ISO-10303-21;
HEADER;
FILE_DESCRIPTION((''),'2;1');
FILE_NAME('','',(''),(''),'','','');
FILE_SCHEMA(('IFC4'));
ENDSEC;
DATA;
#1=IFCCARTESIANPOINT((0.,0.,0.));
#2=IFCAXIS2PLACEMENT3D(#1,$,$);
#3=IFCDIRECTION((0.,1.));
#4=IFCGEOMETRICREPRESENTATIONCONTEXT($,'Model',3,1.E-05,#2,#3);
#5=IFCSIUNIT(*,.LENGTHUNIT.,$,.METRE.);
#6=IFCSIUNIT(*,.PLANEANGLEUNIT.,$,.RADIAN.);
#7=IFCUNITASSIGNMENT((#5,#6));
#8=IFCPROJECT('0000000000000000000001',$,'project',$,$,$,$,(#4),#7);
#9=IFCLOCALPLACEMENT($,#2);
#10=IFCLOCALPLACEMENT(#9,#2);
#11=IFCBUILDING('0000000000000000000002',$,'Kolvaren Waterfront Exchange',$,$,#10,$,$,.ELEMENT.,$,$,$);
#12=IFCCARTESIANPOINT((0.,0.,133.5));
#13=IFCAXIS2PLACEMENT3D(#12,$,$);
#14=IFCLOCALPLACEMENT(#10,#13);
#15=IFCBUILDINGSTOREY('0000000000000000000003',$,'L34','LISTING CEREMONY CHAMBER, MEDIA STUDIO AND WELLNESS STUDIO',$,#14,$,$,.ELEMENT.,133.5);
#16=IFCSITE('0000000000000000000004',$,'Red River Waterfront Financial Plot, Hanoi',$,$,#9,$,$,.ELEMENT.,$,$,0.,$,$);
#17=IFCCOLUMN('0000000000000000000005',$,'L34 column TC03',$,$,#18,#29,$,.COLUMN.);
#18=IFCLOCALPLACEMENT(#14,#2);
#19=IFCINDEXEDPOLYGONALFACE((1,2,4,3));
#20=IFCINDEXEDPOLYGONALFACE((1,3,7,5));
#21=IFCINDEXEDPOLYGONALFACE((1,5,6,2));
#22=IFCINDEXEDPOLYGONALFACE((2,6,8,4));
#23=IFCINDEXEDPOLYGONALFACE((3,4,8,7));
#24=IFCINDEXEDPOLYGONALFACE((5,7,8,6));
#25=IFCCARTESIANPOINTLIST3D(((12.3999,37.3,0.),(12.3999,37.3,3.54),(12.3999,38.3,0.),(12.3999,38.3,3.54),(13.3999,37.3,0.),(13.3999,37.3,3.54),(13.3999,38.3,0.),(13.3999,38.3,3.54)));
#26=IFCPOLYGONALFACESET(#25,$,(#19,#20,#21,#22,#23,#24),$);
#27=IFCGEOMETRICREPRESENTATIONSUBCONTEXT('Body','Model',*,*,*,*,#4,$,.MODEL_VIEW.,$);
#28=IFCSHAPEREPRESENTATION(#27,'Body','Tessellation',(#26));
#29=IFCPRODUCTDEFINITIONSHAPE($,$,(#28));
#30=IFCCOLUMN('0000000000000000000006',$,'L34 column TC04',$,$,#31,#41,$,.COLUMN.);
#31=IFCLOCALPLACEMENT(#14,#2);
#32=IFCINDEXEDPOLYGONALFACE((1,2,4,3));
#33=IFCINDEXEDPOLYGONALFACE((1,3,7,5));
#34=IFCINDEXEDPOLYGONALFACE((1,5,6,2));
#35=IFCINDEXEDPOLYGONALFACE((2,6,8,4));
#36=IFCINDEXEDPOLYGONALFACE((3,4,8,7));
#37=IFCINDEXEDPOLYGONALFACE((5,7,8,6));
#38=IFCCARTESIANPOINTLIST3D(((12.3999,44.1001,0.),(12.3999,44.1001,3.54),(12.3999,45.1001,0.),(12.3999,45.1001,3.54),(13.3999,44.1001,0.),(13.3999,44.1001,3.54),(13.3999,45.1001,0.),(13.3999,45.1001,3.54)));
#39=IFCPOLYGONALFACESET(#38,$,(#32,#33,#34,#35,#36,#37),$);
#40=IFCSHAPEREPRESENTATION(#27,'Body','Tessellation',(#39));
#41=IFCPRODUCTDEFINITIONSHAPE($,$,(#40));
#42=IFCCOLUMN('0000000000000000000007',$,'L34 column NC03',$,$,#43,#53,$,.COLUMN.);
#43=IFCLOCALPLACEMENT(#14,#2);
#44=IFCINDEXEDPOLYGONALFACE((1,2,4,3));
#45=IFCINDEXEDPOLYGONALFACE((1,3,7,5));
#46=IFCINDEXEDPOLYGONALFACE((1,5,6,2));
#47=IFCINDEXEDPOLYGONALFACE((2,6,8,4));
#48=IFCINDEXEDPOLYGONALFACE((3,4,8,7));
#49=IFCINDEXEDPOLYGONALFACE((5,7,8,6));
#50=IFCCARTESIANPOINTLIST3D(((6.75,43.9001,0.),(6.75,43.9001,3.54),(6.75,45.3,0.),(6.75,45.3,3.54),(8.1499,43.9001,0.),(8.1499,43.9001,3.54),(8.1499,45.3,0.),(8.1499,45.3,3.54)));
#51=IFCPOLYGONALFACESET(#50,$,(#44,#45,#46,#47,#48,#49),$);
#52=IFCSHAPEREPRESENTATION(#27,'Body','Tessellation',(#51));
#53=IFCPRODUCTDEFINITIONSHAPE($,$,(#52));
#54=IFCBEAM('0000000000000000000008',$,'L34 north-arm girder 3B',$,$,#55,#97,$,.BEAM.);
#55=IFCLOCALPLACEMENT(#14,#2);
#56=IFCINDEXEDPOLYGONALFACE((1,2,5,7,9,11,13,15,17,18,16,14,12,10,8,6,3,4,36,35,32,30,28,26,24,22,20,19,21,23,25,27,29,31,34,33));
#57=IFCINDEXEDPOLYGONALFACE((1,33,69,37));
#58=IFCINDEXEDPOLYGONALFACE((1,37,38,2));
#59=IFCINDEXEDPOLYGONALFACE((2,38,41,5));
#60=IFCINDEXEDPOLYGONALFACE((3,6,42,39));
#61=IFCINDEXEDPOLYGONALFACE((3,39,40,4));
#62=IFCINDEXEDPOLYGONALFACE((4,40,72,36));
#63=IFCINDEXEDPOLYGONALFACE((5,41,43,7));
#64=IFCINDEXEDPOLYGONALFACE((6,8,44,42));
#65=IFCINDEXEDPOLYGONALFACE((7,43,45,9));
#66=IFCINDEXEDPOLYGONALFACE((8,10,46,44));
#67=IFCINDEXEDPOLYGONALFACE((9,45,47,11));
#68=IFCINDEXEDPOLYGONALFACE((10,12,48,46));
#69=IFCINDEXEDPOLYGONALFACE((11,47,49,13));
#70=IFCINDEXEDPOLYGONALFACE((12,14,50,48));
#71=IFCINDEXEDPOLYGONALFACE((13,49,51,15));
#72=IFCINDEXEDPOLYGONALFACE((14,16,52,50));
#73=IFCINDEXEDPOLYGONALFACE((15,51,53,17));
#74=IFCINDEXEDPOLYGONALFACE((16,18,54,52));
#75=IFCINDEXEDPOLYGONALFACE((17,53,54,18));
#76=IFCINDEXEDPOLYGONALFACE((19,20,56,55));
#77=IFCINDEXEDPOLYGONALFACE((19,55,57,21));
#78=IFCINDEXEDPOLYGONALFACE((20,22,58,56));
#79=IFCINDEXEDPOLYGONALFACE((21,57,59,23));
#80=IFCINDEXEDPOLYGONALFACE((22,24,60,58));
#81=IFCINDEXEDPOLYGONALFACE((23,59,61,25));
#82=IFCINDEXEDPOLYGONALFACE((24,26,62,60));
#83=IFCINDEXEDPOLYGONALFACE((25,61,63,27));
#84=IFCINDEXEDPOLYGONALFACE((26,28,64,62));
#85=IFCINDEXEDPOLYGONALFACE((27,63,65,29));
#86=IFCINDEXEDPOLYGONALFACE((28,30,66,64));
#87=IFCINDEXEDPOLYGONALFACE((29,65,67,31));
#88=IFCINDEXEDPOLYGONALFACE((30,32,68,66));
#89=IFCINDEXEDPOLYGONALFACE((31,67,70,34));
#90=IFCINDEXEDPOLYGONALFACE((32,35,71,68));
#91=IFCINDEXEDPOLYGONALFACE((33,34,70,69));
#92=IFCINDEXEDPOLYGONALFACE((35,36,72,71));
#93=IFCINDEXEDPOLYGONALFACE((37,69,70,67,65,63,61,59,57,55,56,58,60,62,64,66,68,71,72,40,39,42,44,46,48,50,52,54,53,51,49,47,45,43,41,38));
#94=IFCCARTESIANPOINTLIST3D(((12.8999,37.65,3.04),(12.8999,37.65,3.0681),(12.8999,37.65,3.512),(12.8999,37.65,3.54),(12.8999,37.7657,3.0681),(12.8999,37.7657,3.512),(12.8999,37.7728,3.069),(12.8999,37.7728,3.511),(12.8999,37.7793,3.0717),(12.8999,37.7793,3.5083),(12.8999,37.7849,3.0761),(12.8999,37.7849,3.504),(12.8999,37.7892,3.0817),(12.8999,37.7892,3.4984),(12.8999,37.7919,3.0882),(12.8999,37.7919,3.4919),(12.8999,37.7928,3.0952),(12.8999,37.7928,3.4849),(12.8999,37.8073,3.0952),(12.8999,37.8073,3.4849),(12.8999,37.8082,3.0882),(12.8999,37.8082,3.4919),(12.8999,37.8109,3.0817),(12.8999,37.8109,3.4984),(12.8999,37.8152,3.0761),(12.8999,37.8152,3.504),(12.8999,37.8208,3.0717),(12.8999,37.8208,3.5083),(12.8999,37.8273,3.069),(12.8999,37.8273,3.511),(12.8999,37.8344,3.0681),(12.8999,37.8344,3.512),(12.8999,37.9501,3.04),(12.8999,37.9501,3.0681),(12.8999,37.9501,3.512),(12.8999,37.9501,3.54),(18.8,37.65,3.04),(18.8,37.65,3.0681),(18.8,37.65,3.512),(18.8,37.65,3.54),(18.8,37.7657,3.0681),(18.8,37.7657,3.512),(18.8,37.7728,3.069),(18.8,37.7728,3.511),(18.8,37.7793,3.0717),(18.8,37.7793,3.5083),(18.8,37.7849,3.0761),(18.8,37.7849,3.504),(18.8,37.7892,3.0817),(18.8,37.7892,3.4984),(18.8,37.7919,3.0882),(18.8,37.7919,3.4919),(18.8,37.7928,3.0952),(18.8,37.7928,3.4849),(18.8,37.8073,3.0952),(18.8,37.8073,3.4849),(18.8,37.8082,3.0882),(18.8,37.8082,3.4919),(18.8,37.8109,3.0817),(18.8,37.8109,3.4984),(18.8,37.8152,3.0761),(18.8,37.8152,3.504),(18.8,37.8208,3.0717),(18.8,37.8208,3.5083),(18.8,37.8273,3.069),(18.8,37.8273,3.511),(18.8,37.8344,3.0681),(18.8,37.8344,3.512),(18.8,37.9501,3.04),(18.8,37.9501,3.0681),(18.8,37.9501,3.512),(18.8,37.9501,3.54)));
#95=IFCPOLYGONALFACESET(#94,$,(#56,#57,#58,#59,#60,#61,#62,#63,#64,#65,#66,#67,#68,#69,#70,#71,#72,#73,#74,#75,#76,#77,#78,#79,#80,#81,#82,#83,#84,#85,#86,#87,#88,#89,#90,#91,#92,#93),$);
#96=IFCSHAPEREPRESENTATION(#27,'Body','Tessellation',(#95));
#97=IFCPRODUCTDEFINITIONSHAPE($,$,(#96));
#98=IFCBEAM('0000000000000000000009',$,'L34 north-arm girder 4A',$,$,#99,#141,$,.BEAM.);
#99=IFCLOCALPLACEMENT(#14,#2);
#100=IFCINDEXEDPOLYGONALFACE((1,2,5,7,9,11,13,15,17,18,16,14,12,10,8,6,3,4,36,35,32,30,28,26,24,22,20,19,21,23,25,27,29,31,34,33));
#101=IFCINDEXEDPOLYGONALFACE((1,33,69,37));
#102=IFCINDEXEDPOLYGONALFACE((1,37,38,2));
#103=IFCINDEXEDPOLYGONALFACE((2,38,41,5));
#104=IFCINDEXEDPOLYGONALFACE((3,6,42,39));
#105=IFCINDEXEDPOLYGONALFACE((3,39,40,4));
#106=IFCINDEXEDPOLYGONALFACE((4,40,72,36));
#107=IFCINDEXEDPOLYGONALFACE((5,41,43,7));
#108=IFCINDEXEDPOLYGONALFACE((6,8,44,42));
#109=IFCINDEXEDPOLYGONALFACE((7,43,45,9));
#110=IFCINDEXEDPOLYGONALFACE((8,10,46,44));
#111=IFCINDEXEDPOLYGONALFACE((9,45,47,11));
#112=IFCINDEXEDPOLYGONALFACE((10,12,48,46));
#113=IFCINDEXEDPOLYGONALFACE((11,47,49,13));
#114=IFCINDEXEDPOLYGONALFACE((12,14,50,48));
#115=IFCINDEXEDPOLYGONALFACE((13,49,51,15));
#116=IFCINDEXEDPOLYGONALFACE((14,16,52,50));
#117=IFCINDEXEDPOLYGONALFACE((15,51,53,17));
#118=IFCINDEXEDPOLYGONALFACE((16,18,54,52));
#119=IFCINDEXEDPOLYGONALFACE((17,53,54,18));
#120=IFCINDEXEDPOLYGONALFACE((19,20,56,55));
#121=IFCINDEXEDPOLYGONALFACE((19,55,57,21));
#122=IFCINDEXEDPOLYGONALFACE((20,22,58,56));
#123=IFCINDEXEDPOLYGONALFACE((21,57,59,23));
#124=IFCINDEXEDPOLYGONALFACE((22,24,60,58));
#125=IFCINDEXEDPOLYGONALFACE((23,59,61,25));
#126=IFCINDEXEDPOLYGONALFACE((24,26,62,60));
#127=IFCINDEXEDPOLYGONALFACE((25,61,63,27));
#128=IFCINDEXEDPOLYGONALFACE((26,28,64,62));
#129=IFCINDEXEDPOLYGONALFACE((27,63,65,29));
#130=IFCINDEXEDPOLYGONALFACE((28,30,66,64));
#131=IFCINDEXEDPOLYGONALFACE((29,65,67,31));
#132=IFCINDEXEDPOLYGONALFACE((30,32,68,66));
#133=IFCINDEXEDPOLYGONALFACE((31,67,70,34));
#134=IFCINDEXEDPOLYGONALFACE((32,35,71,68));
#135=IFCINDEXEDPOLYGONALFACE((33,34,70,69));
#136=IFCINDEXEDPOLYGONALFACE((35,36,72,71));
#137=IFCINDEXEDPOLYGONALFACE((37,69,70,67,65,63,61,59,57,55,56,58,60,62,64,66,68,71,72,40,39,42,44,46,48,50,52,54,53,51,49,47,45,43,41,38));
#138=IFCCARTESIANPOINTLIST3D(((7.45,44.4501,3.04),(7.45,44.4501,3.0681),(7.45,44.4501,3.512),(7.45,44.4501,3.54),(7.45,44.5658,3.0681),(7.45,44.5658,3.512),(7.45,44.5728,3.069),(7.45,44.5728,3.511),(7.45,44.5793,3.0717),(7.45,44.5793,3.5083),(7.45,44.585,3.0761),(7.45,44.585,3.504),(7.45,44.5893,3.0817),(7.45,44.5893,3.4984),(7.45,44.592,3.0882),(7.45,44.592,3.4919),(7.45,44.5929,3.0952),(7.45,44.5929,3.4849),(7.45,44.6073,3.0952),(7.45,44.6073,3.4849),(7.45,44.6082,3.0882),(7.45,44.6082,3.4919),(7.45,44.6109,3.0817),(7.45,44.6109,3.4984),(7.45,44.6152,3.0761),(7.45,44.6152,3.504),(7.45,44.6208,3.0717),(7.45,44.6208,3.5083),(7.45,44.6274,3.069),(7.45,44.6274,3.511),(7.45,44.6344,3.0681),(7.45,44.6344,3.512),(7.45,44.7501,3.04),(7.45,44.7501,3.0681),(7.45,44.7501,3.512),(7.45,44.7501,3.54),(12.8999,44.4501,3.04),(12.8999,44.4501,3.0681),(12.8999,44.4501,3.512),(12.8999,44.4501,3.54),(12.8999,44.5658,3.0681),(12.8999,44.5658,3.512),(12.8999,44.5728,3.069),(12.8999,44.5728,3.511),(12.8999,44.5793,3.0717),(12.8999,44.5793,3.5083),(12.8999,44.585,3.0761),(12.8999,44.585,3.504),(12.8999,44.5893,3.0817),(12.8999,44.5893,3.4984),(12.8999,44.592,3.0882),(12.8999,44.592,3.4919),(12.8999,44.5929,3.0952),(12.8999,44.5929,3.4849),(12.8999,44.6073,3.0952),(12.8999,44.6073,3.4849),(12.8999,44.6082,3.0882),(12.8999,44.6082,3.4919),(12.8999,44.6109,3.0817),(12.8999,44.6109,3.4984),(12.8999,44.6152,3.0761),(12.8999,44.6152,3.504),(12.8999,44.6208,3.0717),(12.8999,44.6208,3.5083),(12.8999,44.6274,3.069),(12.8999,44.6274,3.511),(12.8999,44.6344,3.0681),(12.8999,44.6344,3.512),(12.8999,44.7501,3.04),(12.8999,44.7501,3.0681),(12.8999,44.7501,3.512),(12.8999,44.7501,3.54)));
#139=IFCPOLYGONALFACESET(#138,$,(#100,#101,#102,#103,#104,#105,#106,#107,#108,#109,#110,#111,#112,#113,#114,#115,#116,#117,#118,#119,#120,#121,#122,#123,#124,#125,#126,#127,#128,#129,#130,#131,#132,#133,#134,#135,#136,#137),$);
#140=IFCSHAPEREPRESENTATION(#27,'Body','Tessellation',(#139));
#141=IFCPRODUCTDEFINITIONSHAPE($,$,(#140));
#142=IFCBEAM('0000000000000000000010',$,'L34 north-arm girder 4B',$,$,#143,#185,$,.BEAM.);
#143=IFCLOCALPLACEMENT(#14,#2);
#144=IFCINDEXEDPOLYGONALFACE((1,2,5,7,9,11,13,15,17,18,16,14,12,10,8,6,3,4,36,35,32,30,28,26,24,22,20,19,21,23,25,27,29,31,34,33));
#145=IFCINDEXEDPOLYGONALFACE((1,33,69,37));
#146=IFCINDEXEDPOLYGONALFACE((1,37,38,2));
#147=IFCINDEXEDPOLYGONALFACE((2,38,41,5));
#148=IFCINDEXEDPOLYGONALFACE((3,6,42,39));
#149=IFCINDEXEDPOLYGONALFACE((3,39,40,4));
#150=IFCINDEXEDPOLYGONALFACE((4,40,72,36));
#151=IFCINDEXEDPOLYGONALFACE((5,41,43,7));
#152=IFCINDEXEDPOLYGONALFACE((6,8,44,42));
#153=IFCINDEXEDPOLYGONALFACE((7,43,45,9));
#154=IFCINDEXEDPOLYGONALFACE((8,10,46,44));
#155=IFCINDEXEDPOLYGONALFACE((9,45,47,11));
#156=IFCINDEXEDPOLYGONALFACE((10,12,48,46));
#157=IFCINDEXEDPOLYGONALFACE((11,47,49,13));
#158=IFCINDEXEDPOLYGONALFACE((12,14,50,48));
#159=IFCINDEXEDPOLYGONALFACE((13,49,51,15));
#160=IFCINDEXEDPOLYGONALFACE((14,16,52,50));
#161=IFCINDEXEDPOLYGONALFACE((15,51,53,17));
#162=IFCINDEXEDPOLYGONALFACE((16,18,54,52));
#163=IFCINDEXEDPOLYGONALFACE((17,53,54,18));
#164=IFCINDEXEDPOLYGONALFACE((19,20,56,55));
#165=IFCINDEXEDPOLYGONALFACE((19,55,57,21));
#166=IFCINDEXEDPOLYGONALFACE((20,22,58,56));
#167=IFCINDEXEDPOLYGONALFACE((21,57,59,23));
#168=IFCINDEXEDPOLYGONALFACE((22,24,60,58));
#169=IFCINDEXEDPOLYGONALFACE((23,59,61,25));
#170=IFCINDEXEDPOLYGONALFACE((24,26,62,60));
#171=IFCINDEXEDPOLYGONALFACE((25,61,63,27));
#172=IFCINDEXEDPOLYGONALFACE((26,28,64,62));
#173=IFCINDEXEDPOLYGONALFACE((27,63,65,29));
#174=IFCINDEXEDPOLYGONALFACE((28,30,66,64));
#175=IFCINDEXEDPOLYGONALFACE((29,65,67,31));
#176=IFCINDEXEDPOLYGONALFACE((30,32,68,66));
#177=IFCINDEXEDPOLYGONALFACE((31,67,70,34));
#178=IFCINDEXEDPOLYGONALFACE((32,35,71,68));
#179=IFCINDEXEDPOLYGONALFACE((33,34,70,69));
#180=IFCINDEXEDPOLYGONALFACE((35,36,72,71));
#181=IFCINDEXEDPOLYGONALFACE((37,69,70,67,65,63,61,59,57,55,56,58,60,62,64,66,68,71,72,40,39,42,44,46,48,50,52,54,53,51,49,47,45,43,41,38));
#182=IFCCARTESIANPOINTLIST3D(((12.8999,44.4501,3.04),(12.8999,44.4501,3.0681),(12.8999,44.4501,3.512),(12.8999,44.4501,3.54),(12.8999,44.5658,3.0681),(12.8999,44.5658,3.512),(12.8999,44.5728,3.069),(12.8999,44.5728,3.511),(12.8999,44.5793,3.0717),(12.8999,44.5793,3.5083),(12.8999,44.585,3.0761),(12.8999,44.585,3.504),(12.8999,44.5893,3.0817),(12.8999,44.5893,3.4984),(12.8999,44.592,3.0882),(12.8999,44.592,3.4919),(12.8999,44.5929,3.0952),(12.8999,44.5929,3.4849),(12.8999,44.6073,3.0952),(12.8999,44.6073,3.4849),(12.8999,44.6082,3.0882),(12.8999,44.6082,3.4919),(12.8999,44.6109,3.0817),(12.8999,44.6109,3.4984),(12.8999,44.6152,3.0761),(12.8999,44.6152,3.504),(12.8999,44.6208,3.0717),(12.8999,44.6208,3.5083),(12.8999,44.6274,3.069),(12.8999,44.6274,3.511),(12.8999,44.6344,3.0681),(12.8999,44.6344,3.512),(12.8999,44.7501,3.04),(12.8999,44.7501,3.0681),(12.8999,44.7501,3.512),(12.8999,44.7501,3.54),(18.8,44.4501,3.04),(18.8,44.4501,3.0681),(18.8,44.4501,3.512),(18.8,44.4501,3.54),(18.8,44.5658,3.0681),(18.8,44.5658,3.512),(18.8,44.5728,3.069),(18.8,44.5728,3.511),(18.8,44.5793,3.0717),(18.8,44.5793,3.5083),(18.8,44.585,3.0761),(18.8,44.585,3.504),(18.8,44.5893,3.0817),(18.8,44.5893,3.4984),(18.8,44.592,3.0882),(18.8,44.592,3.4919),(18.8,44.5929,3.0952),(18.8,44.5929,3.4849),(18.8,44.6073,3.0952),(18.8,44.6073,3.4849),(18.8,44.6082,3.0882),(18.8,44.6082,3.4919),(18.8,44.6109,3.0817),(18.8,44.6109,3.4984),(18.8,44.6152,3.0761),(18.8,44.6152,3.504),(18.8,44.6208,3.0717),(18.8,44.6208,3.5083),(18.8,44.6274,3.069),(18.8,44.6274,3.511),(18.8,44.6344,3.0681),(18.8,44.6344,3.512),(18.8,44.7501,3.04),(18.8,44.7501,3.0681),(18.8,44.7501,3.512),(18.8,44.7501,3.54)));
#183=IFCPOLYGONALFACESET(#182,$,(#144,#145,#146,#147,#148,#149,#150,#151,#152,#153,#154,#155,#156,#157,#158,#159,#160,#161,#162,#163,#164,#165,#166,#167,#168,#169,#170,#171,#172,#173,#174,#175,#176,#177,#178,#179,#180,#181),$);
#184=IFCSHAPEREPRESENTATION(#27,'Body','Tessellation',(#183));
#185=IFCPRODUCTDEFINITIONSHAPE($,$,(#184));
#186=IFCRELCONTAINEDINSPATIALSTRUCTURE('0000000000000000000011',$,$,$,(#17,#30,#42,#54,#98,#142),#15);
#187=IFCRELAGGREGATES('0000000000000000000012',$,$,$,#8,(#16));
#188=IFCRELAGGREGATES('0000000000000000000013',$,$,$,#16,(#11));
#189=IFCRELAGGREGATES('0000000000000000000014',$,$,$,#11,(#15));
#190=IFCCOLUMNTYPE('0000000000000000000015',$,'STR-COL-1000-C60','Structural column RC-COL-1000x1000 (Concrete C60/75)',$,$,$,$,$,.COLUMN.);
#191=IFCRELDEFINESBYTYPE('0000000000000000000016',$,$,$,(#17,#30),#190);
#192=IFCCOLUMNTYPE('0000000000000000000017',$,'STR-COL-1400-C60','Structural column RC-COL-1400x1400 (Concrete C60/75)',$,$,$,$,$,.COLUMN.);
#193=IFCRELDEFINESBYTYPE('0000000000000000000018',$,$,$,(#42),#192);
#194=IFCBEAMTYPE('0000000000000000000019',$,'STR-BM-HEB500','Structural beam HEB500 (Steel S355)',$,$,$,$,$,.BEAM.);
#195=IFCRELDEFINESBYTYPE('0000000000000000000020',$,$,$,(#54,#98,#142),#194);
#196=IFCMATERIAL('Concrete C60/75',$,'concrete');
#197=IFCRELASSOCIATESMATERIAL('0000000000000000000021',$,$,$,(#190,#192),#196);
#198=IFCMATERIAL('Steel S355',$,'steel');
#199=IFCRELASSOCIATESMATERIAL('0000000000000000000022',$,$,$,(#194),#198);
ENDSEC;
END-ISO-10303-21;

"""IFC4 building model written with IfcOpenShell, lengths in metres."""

from ifc_helpers import new_model, si_unit, direction, frame, origin, origin_2d, place, context, subcontext, project, spatial, rectangle, i_section, extrude, material, material_profile, profile_set, type_object, element, save


model = new_model("IFC4")

# Units and contexts
model_context = context("Model", 3, precision=1e-05, world=origin(), true_north=direction((0.0, 1.0)))
body_context = subcontext(model_context, "Body", "Model", "MODEL_VIEW")
ifc_project = project(units=[si_unit("LENGTHUNIT", "METRE"), si_unit("PLANEANGLEUNIT", "RADIAN")], contexts=[model_context])

# Site, building, storey
site_placement = place(None, origin())
site = spatial("IfcSite", under=ifc_project, at=site_placement, Name="Red River Waterfront Financial Plot, Hanoi", CompositionType="ELEMENT", RefElevation=0.0)
building_placement = place(site_placement, origin())
building = spatial("IfcBuilding", under=site, at=building_placement, Name="Kolvaren Waterfront Exchange", CompositionType="ELEMENT")
storey_placement = place(building_placement, frame((0.0, 0.0, 133.5)))
storey = spatial("IfcBuildingStorey", under=building, at=storey_placement, Name="L34", Description="LISTING CEREMONY CHAMBER, MEDIA STUDIO AND WELLNESS STUDIO", CompositionType="ELEMENT", Elevation=133.5)

# Columns
ifc_material_1 = material(Name="Concrete C60/75", Category="concrete")
ifc_material_profile_1 = material_profile(ifc_material_1, rectangle(XDim=1.0, YDim=1.0, at=origin_2d()), Name="RC-COL-1000x1000")
ifc_profile_set_1 = profile_set([ifc_material_profile_1], Name="Concrete C60/75")
column_type_1 = type_object("IfcColumnType", Name="STR-COL-1000-C60", Description="Structural column RC-COL-1000x1000 (Concrete C60/75)", PredefinedType="COLUMN", material=ifc_profile_set_1)
for number, where, z_axis, x_axis, name in (
    (1, (12.8999, 37.8, 0.0), (0.0, 0.0, 1.0), (1.0, 0.0, 0.0), "L34 column TC03"),
    (2, (12.8999, 44.6001, 0.0), (0.0, 0.0, 1.0), (1.0, 0.0, 0.0), "L34 column TC04"),
):
    element("IfcColumn", number, at=place(storey_placement, frame(where, z_axis=z_axis, x_axis=x_axis)), inside=storey, type_object=column_type_1, Name=name, PredefinedType="COLUMN", context=body_context, shape_type="SweptSolid", body=[
        extrude(rectangle(XDim=1.0, YDim=1.0, at=origin_2d()), origin(), (0.0, 0.0, 1.0), 3.54),
    ])
ifc_material_profile_2 = material_profile(ifc_material_1, rectangle(XDim=1.3999, YDim=1.3999, at=origin_2d()), Name="RC-COL-1400x1400")
ifc_profile_set_2 = profile_set([ifc_material_profile_2], Name="Concrete C60/75")
column_type_2 = type_object("IfcColumnType", Name="STR-COL-1400-C60", Description="Structural column RC-COL-1400x1400 (Concrete C60/75)", PredefinedType="COLUMN", material=ifc_profile_set_2)
column_placement = place(storey_placement, frame((7.45, 44.6001, 0.0), z_axis=(0.0, 0.0, 1.0), x_axis=(1.0, 0.0, 0.0)))
element("IfcColumn", 3, at=column_placement, inside=storey, type_object=column_type_2, Name="L34 column NC03", PredefinedType="COLUMN", context=body_context, shape_type="SweptSolid", body=[
    extrude(rectangle(XDim=1.3999, YDim=1.3999, at=origin_2d()), origin(), (0.0, 0.0, 1.0), 3.54),
])

# Beams
ifc_material_2 = material(Name="Steel S355", Category="steel")
ifc_material_profile_3 = material_profile(ifc_material_2, i_section(OverallWidth=0.3, OverallDepth=0.5, WebThickness=0.0144, FlangeThickness=0.0281, FilletRadius=0.0271, at=origin_2d()), Name="HEB500")
ifc_profile_set_3 = profile_set([ifc_material_profile_3], Name="Steel S355")
beam_type_1 = type_object("IfcBeamType", Name="STR-BM-HEB500", Description="Structural beam HEB500 (Steel S355)", PredefinedType="BEAM", material=ifc_profile_set_3)
beam_1_placement = place(storey_placement, frame((12.8999, 37.8, 3.29), z_axis=(1.0, 0.0, 0.0), x_axis=(0.0, 1.0, 0.0)))
element("IfcBeam", 4, at=beam_1_placement, inside=storey, type_object=beam_type_1, Name="L34 north-arm girder 3B", PredefinedType="BEAM", context=body_context, shape_type="SweptSolid", body=[
    extrude(i_section(OverallWidth=0.3, OverallDepth=0.5, WebThickness=0.0144, FlangeThickness=0.0281, FilletRadius=0.0271, at=origin_2d()), origin(), (0.0, 0.0, 1.0), 5.9001),
])
beam_2_placement = place(storey_placement, frame((7.45, 44.6001, 3.29), z_axis=(1.0, 0.0, 0.0), x_axis=(0.0, 1.0, 0.0)))
element("IfcBeam", 5, at=beam_2_placement, inside=storey, type_object=beam_type_1, Name="L34 north-arm girder 4A", PredefinedType="BEAM", context=body_context, shape_type="SweptSolid", body=[
    extrude(i_section(OverallWidth=0.3, OverallDepth=0.5, WebThickness=0.0144, FlangeThickness=0.0281, FilletRadius=0.0271, at=origin_2d()), origin(), (0.0, 0.0, 1.0), 5.45),
])
beam_3_placement = place(storey_placement, frame((12.8999, 44.6001, 3.29), z_axis=(1.0, 0.0, 0.0), x_axis=(0.0, 1.0, 0.0)))
element("IfcBeam", 6, at=beam_3_placement, inside=storey, type_object=beam_type_1, Name="L34 north-arm girder 4B", PredefinedType="BEAM", context=body_context, shape_type="SweptSolid", body=[
    extrude(i_section(OverallWidth=0.3, OverallDepth=0.5, WebThickness=0.0144, FlangeThickness=0.0281, FilletRadius=0.0271, at=origin_2d()), origin(), (0.0, 0.0, 1.0), 5.9001),
])

save(model, "model.ifc")
